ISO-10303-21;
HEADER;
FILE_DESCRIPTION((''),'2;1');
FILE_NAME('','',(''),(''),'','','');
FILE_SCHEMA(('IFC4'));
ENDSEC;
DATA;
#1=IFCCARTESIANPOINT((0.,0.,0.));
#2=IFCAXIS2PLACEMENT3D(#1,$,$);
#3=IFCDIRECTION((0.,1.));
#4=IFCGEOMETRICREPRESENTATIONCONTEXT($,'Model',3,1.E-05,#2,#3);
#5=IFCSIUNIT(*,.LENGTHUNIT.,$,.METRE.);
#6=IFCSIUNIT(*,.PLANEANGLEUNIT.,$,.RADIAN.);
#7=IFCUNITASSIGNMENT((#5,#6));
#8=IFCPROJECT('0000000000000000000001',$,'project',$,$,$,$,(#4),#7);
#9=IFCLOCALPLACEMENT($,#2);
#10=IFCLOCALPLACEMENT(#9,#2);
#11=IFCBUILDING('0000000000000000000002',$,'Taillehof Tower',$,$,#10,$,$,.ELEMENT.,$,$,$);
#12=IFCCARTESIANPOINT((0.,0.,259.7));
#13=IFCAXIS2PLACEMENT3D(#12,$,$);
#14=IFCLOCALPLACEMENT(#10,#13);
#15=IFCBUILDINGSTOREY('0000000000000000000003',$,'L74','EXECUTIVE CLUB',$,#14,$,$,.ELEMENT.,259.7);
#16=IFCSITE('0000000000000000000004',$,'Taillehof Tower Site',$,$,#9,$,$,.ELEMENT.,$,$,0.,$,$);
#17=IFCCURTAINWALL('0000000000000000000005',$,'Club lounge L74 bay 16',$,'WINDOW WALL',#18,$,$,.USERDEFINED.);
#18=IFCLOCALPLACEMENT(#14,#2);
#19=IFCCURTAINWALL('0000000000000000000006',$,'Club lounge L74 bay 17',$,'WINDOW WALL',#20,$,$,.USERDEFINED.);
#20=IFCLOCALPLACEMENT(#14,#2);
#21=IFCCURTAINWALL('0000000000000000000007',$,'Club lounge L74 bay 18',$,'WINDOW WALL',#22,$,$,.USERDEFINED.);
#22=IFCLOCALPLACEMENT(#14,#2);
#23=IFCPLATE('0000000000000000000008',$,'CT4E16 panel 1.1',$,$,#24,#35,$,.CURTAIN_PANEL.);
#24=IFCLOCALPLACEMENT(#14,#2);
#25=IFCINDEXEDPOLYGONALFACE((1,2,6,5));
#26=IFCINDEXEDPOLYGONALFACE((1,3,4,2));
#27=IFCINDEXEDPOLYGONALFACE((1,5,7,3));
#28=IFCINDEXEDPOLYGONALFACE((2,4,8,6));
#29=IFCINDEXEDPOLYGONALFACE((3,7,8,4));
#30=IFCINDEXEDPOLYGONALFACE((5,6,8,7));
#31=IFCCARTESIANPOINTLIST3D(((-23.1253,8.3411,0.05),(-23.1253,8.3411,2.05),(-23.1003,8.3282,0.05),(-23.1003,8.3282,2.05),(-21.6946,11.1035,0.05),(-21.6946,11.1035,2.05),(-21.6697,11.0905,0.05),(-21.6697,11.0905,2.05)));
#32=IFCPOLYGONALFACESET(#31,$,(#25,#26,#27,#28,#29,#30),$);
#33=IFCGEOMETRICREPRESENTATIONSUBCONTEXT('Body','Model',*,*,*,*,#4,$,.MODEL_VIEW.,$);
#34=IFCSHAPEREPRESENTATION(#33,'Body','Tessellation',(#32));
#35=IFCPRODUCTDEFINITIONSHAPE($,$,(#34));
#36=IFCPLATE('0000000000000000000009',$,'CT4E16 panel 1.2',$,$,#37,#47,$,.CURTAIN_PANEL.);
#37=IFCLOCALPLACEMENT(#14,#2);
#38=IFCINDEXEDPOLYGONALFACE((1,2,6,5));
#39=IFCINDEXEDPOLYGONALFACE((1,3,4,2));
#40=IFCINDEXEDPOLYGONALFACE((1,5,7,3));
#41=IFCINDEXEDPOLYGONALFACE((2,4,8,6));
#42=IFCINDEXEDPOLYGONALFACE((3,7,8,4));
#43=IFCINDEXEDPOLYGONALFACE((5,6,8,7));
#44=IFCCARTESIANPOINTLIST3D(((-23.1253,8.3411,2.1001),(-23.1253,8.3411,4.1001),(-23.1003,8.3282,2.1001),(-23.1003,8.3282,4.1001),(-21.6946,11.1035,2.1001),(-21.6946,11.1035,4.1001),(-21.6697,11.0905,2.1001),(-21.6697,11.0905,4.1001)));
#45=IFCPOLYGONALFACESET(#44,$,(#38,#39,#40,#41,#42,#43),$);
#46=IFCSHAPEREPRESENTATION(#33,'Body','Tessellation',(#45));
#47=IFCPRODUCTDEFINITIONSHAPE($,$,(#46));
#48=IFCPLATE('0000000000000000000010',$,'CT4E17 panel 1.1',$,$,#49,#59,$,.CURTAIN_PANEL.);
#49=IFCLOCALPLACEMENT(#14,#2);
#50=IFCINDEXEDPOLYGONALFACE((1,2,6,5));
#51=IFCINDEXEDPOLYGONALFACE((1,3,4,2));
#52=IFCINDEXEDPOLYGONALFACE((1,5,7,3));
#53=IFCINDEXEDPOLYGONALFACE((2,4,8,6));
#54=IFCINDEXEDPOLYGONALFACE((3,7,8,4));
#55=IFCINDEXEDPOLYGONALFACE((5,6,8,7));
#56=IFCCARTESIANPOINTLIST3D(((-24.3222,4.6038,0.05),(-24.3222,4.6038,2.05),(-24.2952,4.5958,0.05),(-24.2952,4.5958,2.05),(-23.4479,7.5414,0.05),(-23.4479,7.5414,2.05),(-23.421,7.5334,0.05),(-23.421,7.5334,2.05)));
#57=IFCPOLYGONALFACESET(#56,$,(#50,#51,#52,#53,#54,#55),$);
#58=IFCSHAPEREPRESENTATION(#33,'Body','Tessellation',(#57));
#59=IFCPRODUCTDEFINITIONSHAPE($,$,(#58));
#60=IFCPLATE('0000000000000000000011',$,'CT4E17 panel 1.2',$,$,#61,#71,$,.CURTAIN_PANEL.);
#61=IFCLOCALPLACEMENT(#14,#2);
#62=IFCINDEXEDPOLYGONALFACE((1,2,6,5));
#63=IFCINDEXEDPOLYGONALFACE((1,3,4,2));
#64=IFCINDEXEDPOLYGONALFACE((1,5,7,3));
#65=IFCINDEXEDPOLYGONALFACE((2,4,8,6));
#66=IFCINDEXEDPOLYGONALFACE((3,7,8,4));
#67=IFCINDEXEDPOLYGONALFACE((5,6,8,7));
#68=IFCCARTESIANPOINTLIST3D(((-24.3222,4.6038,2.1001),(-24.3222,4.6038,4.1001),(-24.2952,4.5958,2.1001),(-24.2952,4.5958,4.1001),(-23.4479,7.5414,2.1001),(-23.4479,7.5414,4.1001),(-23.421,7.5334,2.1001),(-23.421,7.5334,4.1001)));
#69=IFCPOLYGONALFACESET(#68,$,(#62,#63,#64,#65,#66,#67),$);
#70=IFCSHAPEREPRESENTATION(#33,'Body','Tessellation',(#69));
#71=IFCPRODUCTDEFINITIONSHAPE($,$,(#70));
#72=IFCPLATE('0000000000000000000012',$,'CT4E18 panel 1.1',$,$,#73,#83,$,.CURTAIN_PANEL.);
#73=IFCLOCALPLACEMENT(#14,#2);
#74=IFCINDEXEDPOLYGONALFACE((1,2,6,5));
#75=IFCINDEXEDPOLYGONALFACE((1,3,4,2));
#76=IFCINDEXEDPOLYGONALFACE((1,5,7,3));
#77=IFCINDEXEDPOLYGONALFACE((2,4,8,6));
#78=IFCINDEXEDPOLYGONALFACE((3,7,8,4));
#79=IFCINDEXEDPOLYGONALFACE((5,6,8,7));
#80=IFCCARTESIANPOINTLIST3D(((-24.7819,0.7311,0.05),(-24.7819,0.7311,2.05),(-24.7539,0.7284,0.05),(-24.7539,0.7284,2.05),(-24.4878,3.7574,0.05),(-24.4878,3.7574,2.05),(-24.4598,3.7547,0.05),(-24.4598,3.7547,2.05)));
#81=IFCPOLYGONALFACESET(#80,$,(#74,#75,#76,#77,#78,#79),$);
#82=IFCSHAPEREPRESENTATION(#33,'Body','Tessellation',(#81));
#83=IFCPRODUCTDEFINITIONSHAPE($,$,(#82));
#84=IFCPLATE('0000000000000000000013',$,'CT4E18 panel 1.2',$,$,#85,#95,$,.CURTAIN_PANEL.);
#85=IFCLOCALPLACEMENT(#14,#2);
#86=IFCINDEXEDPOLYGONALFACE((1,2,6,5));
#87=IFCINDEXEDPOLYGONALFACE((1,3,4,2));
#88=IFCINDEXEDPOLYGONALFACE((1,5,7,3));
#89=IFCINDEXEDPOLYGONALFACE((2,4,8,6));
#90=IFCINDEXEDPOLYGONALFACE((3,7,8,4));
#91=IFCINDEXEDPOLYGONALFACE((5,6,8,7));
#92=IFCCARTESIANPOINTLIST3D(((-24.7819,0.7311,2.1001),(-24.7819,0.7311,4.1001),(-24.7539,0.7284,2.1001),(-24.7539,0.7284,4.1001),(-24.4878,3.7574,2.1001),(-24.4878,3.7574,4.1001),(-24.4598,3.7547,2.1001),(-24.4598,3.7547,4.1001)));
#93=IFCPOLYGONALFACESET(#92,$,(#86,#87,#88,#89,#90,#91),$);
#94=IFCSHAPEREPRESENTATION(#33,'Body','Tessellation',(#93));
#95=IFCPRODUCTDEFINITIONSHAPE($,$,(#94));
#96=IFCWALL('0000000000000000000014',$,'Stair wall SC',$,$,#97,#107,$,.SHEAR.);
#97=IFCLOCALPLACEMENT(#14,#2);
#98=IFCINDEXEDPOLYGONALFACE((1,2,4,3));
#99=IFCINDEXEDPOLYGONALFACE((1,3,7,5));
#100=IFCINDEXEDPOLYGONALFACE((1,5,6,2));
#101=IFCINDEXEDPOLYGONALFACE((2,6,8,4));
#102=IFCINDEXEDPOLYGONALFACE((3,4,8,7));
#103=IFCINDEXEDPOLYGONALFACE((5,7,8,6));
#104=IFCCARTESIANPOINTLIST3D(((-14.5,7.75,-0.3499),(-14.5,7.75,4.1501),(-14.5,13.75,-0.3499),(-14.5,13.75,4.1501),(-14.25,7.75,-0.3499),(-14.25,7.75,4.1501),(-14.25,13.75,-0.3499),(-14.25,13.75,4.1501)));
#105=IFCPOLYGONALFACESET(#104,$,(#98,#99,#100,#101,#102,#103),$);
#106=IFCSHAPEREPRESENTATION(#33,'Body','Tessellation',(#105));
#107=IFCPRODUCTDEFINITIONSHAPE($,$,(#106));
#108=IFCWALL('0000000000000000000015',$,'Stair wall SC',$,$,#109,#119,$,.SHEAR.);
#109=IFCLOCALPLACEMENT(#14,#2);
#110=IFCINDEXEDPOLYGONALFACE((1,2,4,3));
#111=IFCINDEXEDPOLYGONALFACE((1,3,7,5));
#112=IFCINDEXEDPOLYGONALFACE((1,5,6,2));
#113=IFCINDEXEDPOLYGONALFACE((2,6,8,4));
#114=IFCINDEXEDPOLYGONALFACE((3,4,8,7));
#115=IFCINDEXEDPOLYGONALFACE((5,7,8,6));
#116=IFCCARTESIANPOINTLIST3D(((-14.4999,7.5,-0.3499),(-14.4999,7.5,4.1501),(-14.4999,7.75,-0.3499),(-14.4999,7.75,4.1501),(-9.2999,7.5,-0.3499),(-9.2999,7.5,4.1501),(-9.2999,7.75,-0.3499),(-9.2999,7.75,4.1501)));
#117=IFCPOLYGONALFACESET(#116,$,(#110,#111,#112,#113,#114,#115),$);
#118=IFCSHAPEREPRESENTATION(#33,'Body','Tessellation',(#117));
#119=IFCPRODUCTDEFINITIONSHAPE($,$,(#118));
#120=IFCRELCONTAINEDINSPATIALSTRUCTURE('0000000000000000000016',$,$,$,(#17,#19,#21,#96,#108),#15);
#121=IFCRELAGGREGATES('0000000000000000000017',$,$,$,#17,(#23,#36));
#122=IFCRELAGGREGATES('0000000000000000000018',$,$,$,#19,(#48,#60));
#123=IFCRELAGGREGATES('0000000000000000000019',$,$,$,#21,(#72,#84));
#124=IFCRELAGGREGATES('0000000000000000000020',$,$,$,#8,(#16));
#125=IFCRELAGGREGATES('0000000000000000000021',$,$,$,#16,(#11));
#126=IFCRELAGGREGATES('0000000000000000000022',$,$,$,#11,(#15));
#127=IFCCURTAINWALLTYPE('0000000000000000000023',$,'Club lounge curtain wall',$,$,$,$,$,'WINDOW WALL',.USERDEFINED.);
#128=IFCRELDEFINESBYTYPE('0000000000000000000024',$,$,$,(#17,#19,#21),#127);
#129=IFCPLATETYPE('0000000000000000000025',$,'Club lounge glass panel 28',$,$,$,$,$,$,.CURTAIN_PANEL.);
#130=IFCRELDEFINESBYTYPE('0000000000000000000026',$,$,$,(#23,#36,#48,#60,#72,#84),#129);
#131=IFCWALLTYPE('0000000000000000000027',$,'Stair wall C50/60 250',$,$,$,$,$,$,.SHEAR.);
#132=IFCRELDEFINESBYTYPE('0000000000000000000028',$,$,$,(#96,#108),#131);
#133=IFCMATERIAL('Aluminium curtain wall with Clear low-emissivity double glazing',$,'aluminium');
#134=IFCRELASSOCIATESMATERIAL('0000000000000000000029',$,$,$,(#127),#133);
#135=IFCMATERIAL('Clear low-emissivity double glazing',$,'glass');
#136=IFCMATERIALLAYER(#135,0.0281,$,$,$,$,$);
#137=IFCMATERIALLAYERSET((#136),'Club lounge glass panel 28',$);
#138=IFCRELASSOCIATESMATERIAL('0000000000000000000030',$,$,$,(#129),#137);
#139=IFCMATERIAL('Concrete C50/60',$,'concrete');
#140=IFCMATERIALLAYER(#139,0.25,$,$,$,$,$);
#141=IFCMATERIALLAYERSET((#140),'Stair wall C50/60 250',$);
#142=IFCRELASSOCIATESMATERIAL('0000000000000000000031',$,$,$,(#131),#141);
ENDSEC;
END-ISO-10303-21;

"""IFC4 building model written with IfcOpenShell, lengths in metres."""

from ifc_helpers import new_model, si_unit, direction, frame, frame_2d, origin, origin_2d, place, context, subcontext, project, spatial, rectangle, extrude, material, layer, layer_set, type_object, element, aggregate, save


model = new_model("IFC4")

# Units and contexts
model_context = context("Model", 3, precision=1e-05, world=origin(), true_north=direction((0.0, 1.0)))
body_context = subcontext(model_context, "Body", "Model", "MODEL_VIEW")
ifc_project = project(units=[si_unit("LENGTHUNIT", "METRE"), si_unit("PLANEANGLEUNIT", "RADIAN")], contexts=[model_context])

# Site, building, storey
site_placement = place(None, origin())
site = spatial("IfcSite", under=ifc_project, at=site_placement, Name="Taillehof Tower Site", CompositionType="ELEMENT", RefElevation=0.0)
building_placement = place(site_placement, origin())
building = spatial("IfcBuilding", under=site, at=building_placement, Name="Taillehof Tower", CompositionType="ELEMENT")
storey_placement = place(building_placement, frame((0.0, 0.0, 259.7)))
storey = spatial("IfcBuildingStorey", under=building, at=storey_placement, Name="L74", Description="EXECUTIVE CLUB", CompositionType="ELEMENT", Elevation=259.7)

# Curtain walls
ifc_material_1 = material(Name="Aluminium curtain wall with Clear low-emissivity double glazing", Category="aluminium")
curtain_wall_type = type_object("IfcCurtainWallType", Name="Club lounge curtain wall", ElementType="WINDOW WALL", PredefinedType="USERDEFINED", material=ifc_material_1)
curtain_wall_1_placement = place(storey_placement, origin())
curtain_wall_1 = element("IfcCurtainWall", 1, at=curtain_wall_1_placement, inside=storey, type_object=curtain_wall_type, Name="Club lounge L74 bay 16", ObjectType="WINDOW WALL", PredefinedType="USERDEFINED")
curtain_wall_2_placement = place(storey_placement, origin())
curtain_wall_2 = element("IfcCurtainWall", 2, at=curtain_wall_2_placement, inside=storey, type_object=curtain_wall_type, Name="Club lounge L74 bay 17", ObjectType="WINDOW WALL", PredefinedType="USERDEFINED")
curtain_wall_3_placement = place(storey_placement, origin())
curtain_wall_3 = element("IfcCurtainWall", 3, at=curtain_wall_3_placement, inside=storey, type_object=curtain_wall_type, Name="Club lounge L74 bay 18", ObjectType="WINDOW WALL", PredefinedType="USERDEFINED")

# Plates
ifc_material_2 = material(Name="Clear low-emissivity double glazing", Category="glass")
ifc_layer_1 = layer(ifc_material_2, 0.0281)
ifc_layer_set_1 = layer_set([ifc_layer_1], Name="Club lounge glass panel 28")
plate_type = type_object("IfcPlateType", Name="Club lounge glass panel 28", PredefinedType="CURTAIN_PANEL", material=ifc_layer_set_1)
plate_1_placement = place(storey_placement, frame((-22.3975, 9.7158, 0.05), z_axis=(0.0, 0.0, 1.0), x_axis=(-0.459891, -0.887975, 0.0)))
plate_1 = element("IfcPlate", 4, at=plate_1_placement, type_object=plate_type, Name="CT4E16 panel 1.1", PredefinedType="CURTAIN_PANEL", context=body_context, shape_type="SweptSolid", body=[
    extrude(rectangle(XDim=3.1108, YDim=0.0281, at=origin_2d()), origin(), (0.0, 0.0, 1.0), 2.0),
])
plate_2_placement = place(storey_placement, frame((-22.3975, 9.7158, 2.1001), z_axis=(0.0, 0.0, 1.0), x_axis=(-0.459891, -0.887975, 0.0)))
plate_2 = element("IfcPlate", 5, at=plate_2_placement, type_object=plate_type, Name="CT4E16 panel 1.2", PredefinedType="CURTAIN_PANEL", context=body_context, shape_type="SweptSolid", body=[
    extrude(rectangle(XDim=3.1108, YDim=0.0281, at=origin_2d()), origin(), (0.0, 0.0, 1.0), 2.0),
])
aggregate(curtain_wall_1, [plate_1, plate_2])
plate_3_placement = place(storey_placement, frame((-23.8716, 6.0686, 0.05), z_axis=(0.0, 0.0, 1.0), x_axis=(-0.285236, -0.958457, 0.0)))
plate_3 = element("IfcPlate", 6, at=plate_3_placement, type_object=plate_type, Name="CT4E17 panel 1.1", PredefinedType="CURTAIN_PANEL", context=body_context, shape_type="SweptSolid", body=[
    extrude(rectangle(XDim=3.0649, YDim=0.0281, at=origin_2d()), origin(), (0.0, 0.0, 1.0), 2.0),
])
plate_4_placement = place(storey_placement, frame((-23.8716, 6.0686, 2.1001), z_axis=(0.0, 0.0, 1.0), x_axis=(-0.285236, -0.958457, 0.0)))
plate_4 = element("IfcPlate", 7, at=plate_4_placement, type_object=plate_type, Name="CT4E17 panel 1.2", PredefinedType="CURTAIN_PANEL", context=body_context, shape_type="SweptSolid", body=[
    extrude(rectangle(XDim=3.0649, YDim=0.0281, at=origin_2d()), origin(), (0.0, 0.0, 1.0), 2.0),
])
aggregate(curtain_wall_2, [plate_3, plate_4])
plate_5_placement = place(storey_placement, frame((-24.6208, 2.2429, 0.05), z_axis=(0.0, 0.0, 1.0), x_axis=(-0.096714, -0.995312, 0.0)))
plate_5 = element("IfcPlate", 8, at=plate_5_placement, type_object=plate_type, Name="CT4E18 panel 1.1", PredefinedType="CURTAIN_PANEL", context=body_context, shape_type="SweptSolid", body=[
    extrude(rectangle(XDim=3.0405, YDim=0.0281, at=origin_2d()), origin(), (0.0, 0.0, 1.0), 2.0),
])
plate_6_placement = place(storey_placement, frame((-24.6208, 2.2429, 2.1001), z_axis=(0.0, 0.0, 1.0), x_axis=(-0.096714, -0.995312, 0.0)))
plate_6 = element("IfcPlate", 9, at=plate_6_placement, type_object=plate_type, Name="CT4E18 panel 1.2", PredefinedType="CURTAIN_PANEL", context=body_context, shape_type="SweptSolid", body=[
    extrude(rectangle(XDim=3.0405, YDim=0.0281, at=origin_2d()), origin(), (0.0, 0.0, 1.0), 2.0),
])
aggregate(curtain_wall_3, [plate_5, plate_6])

# Walls
ifc_material_3 = material(Name="Concrete C50/60", Category="concrete")
ifc_layer_2 = layer(ifc_material_3, 0.25)
ifc_layer_set_2 = layer_set([ifc_layer_2], Name="Stair wall C50/60 250")
wall_type = type_object("IfcWallType", Name="Stair wall C50/60 250", PredefinedType="SHEAR", material=ifc_layer_set_2)
wall_1_placement = place(storey_placement, frame((-14.375, 7.75, -0.3499), z_axis=(0.0, 0.0, 1.0), x_axis=(0.0, 1.0, 0.0)))
element("IfcWall", 10, at=wall_1_placement, inside=storey, type_object=wall_type, Name="Stair wall SC", PredefinedType="SHEAR", context=body_context, shape_type="SweptSolid", body=[
    extrude(rectangle(XDim=6.0, YDim=0.25, at=frame_2d((3.0, 0.0))), origin(), (0.0, 0.0, 1.0), 4.5),
])
wall_2_placement = place(storey_placement, frame((-14.5, 7.625, -0.3499), z_axis=(0.0, 0.0, 1.0), x_axis=(1.0, 0.0, 0.0)))
element("IfcWall", 11, at=wall_2_placement, inside=storey, type_object=wall_type, Name="Stair wall SC", PredefinedType="SHEAR", context=body_context, shape_type="SweptSolid", body=[
    extrude(rectangle(XDim=5.2, YDim=0.25, at=frame_2d((2.6001, 0.0))), origin(), (0.0, 0.0, 1.0), 4.5),
])

save(model, "model.ifc")
